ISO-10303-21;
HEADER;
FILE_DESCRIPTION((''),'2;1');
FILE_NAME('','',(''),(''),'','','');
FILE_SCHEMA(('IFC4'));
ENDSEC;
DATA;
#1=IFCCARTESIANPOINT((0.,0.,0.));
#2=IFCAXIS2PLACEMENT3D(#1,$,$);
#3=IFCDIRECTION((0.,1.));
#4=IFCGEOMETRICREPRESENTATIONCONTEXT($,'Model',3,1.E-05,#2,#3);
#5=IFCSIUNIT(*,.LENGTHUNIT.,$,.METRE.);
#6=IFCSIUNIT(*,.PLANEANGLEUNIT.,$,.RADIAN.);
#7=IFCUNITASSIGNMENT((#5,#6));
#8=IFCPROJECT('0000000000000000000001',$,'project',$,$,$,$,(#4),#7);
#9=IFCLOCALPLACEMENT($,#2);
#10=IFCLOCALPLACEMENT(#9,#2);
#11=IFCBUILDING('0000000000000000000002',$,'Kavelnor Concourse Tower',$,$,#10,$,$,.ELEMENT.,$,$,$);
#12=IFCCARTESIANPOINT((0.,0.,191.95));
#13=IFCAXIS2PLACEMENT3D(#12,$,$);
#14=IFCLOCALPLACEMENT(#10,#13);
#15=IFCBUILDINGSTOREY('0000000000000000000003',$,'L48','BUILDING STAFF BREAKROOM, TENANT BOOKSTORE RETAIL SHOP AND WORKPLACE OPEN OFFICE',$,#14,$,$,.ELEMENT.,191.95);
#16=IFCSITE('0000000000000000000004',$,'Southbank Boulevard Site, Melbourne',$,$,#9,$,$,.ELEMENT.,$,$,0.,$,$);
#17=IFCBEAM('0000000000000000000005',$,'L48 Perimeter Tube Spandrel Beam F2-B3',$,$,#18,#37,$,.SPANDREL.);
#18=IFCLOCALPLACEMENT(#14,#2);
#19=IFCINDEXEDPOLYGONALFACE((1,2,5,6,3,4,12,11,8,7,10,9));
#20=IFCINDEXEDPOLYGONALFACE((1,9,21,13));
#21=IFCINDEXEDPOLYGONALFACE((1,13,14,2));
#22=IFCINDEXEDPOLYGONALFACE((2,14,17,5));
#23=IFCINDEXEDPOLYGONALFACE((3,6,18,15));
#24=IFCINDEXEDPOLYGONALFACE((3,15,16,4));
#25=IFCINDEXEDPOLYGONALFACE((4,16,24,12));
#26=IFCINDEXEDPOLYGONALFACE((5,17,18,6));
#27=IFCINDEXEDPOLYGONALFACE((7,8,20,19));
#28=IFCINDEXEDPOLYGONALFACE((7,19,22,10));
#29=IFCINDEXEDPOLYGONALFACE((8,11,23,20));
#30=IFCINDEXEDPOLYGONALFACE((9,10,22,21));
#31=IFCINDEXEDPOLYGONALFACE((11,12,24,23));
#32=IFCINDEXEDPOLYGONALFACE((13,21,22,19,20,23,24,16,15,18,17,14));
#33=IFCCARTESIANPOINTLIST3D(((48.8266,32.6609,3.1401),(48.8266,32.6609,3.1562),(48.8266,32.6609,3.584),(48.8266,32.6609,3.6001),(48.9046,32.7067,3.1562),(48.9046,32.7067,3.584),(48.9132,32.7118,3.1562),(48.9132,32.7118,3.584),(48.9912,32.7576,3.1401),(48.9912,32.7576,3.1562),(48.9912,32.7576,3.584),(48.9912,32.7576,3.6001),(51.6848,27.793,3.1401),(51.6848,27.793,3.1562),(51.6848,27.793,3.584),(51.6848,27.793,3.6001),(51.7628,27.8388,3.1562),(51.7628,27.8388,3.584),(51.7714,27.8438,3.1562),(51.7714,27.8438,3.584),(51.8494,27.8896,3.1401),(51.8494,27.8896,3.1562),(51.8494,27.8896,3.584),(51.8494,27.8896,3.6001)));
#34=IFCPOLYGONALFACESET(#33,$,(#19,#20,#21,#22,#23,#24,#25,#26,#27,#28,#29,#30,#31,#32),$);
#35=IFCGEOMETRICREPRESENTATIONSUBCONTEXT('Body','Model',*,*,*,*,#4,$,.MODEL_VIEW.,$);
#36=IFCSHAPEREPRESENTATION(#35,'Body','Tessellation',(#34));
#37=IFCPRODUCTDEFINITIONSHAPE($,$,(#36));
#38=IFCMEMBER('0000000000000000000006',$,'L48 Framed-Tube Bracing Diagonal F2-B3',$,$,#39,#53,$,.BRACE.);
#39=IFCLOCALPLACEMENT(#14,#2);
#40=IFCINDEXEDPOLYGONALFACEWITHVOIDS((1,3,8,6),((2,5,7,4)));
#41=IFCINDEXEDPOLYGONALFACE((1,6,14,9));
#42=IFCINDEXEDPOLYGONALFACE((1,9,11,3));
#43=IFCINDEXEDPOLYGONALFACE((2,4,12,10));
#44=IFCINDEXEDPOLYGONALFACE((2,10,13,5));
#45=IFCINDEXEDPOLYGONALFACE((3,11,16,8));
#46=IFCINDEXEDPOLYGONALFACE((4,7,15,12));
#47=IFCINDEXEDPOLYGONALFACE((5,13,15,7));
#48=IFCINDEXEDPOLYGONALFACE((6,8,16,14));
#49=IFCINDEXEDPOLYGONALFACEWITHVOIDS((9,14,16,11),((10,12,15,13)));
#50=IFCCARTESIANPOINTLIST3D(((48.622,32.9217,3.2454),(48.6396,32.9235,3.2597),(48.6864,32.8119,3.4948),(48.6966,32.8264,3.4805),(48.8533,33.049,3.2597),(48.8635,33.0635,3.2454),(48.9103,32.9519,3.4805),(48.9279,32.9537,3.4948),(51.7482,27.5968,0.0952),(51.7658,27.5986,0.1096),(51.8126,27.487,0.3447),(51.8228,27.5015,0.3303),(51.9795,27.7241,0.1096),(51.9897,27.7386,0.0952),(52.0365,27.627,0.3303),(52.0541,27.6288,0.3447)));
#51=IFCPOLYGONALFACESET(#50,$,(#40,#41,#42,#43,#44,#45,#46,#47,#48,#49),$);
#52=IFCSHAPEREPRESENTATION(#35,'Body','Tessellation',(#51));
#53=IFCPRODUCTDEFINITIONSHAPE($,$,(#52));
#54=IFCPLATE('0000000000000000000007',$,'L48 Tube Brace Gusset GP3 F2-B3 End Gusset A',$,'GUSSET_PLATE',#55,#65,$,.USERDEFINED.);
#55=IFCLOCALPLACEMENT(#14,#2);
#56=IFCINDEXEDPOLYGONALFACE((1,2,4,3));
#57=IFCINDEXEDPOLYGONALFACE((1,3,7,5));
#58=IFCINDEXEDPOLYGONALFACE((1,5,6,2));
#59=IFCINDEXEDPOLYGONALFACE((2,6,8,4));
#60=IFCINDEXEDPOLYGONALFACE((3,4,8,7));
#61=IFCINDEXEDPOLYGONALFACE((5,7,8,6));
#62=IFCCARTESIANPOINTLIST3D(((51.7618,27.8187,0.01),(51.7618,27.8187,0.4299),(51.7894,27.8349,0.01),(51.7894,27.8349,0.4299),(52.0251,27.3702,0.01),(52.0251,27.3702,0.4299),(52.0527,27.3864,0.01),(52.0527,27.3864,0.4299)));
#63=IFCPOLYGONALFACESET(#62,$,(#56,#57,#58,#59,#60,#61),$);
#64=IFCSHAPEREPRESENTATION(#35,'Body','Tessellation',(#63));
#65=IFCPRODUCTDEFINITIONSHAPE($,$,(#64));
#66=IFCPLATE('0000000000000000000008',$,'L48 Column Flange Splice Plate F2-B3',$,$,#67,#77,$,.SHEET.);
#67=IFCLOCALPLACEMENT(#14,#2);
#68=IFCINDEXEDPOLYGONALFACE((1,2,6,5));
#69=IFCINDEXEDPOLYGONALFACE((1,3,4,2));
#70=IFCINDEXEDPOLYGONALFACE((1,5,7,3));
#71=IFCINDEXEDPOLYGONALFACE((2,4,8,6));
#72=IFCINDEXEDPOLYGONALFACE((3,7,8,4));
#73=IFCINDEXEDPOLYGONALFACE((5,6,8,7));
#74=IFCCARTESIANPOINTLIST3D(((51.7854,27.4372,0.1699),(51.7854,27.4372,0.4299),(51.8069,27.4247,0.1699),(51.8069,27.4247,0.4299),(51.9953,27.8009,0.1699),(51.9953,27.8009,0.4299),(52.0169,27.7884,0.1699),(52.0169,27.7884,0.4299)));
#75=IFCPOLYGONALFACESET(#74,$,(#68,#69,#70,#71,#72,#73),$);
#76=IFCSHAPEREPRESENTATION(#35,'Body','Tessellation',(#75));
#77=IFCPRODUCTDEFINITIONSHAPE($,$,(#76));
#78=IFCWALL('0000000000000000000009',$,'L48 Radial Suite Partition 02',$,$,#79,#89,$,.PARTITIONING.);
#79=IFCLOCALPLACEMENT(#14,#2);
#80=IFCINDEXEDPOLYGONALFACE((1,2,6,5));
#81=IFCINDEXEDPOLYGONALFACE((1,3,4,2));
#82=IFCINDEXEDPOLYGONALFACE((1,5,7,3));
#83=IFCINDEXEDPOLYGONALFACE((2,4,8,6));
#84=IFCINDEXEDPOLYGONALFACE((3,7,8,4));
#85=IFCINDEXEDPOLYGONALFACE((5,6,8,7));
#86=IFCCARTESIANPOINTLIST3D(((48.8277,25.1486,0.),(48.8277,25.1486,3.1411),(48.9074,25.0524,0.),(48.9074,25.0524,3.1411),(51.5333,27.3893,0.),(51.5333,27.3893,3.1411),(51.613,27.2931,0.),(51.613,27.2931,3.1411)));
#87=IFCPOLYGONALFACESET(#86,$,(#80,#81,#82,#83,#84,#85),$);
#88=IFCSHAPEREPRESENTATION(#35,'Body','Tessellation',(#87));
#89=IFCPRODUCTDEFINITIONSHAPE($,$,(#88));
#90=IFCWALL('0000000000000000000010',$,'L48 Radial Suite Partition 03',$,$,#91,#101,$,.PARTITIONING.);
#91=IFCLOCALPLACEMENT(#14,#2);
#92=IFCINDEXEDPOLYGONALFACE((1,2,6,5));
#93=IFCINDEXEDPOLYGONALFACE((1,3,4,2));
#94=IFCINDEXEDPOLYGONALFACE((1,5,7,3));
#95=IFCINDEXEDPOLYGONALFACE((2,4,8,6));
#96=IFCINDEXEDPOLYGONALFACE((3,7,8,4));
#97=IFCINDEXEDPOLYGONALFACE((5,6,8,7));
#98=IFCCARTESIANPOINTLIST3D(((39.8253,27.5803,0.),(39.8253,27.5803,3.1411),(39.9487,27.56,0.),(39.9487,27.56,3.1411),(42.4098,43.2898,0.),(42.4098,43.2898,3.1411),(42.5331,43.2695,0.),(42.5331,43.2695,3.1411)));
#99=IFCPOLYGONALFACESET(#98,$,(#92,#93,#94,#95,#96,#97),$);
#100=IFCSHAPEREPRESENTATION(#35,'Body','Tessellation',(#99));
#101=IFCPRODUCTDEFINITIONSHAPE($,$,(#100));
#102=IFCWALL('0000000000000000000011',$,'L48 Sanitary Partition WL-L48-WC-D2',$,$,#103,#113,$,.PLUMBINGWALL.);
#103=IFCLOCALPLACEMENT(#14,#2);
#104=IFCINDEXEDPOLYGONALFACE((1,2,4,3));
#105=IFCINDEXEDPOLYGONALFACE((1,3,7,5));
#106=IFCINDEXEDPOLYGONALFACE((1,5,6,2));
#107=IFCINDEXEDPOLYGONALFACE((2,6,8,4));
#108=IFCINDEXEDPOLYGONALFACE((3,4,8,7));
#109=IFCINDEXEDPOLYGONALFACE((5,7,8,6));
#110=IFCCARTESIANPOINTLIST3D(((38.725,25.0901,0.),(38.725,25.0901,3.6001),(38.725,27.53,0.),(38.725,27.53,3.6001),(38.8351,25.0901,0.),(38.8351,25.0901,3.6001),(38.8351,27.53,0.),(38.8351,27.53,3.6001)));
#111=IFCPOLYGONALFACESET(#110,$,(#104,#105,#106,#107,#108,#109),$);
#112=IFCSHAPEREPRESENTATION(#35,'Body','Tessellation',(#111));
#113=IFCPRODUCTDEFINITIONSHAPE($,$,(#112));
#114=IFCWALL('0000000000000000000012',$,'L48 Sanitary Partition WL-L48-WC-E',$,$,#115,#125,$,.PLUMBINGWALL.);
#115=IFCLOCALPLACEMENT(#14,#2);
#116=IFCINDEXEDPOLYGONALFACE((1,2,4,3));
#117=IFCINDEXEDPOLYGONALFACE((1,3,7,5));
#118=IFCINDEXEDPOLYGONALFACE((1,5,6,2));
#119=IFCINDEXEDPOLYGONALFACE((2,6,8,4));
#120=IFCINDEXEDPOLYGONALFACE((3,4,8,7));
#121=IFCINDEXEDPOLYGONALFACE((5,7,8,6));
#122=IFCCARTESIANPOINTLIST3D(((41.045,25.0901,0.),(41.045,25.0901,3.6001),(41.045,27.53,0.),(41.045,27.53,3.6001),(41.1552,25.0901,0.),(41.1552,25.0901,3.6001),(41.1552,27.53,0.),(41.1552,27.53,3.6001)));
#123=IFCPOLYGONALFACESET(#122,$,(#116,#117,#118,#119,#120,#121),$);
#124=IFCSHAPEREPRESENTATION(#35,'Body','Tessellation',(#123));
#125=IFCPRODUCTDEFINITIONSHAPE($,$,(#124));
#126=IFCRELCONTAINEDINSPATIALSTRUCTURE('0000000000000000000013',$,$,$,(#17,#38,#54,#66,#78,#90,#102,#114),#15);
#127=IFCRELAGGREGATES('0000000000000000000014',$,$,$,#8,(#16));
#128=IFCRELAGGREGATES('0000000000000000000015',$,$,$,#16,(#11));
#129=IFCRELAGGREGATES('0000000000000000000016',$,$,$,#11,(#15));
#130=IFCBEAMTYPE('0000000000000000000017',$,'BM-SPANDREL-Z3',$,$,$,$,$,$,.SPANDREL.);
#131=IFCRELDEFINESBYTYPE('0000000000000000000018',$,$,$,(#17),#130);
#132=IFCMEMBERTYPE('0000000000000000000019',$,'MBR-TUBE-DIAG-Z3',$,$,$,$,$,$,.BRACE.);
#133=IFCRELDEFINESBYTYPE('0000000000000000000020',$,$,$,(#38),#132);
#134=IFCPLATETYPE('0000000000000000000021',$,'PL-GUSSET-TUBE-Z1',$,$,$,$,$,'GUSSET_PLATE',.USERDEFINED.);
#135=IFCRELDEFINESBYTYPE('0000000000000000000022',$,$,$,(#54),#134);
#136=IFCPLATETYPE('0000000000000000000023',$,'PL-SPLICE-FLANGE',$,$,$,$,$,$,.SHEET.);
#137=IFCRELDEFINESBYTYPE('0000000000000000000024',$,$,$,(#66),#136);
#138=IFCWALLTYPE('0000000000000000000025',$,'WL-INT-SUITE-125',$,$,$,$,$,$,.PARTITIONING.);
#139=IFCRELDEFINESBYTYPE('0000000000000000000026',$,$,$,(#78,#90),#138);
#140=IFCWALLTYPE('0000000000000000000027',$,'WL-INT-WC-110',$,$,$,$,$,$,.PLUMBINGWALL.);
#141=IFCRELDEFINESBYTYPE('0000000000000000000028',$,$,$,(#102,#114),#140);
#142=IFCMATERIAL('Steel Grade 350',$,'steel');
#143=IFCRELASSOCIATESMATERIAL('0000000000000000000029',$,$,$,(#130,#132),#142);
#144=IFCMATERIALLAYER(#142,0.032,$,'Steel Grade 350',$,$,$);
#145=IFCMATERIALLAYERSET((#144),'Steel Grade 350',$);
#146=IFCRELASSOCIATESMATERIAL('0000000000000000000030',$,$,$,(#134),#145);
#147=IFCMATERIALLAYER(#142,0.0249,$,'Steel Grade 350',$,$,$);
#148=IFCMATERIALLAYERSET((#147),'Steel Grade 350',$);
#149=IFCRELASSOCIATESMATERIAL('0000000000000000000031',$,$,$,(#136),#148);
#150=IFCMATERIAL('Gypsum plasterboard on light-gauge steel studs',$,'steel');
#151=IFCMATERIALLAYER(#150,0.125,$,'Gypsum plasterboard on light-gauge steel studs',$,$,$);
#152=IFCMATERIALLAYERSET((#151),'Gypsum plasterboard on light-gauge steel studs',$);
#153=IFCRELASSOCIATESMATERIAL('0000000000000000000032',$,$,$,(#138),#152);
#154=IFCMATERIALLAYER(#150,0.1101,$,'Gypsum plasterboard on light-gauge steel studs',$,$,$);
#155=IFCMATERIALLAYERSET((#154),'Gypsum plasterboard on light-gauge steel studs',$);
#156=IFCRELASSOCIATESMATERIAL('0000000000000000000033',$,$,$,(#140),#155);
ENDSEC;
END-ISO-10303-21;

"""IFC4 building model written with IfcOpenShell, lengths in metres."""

from ifc_helpers import new_model, si_unit, direction, frame, frame_2d, origin, origin_2d, place, context, subcontext, project, spatial, rectangle, hollow_rectangle, i_section, extrude, material, layer, layer_set, material_profile, profile_set, type_object, element, save


model = new_model("IFC4")

# Units and contexts
model_context = context("Model", 3, precision=1e-05, world=origin(), true_north=direction((0.0, 1.0)))
body_context = subcontext(model_context, "Body", "Model", "MODEL_VIEW")
ifc_project = project(units=[si_unit("LENGTHUNIT", "METRE"), si_unit("PLANEANGLEUNIT", "RADIAN")], contexts=[model_context])

# Site, building, storey
site_placement = place(None, origin())
site = spatial("IfcSite", under=ifc_project, at=site_placement, Name="Southbank Boulevard Site, Melbourne", CompositionType="ELEMENT", RefElevation=0.0)
building_placement = place(site_placement, origin())
building = spatial("IfcBuilding", under=site, at=building_placement, Name="Kavelnor Concourse Tower", CompositionType="ELEMENT")
storey_placement = place(building_placement, frame((0.0, 0.0, 191.95)))
storey = spatial("IfcBuildingStorey", under=building, at=storey_placement, Name="L48", Description="BUILDING STAFF BREAKROOM, TENANT BOOKSTORE RETAIL SHOP AND WORKPLACE OPEN OFFICE", CompositionType="ELEMENT", Elevation=191.95)

# Shared definitions
ifc_material_1 = material(Name="Steel Grade 350", Category="steel")

# Beam
ifc_material_profile_1 = material_profile(ifc_material_1, i_section(OverallWidth=0.1909, OverallDepth=0.46, WebThickness=0.01, FlangeThickness=0.0161, at=origin_2d()), Name="460UB82")
ifc_profile_set_1 = profile_set([ifc_material_profile_1], Name="Steel Grade 350")
beam_type_1 = type_object("IfcBeamType", Name="BM-SPANDREL-Z3", PredefinedType="SPANDREL", material=ifc_profile_set_1)
beam_1_placement = place(storey_placement, frame((51.7671, 27.8413, 3.3701), z_axis=(-0.506319, 0.862346, 0.0), x_axis=(-0.862346, -0.506319, 0.0)))
element("IfcBeam", 1, at=beam_1_placement, inside=storey, type_object=beam_type_1, Name="L48 Perimeter Tube Spandrel Beam F2-B3", PredefinedType="SPANDREL", context=body_context, shape_type="SweptSolid", body=[
    extrude(i_section(OverallWidth=0.1909, OverallDepth=0.46, WebThickness=0.01, FlangeThickness=0.0161, at=origin_2d()), origin(), (0.0, 0.0, 1.0), 5.645),
])

# Member
ifc_material_profile_2 = material_profile(ifc_material_1, hollow_rectangle(XDim=0.28, YDim=0.28, WallThickness=0.0161, at=origin_2d()), Name="SHS 280x280x16")
ifc_profile_set_2 = profile_set([ifc_material_profile_2], Name="Steel Grade 350")
member_type = type_object("IfcMemberType", Name="MBR-TUBE-DIAG-Z3", PredefinedType="BRACE", material=ifc_profile_set_2)
member_placement = place(storey_placement, frame((51.9011, 27.6128, 0.22), z_axis=(-0.450988, 0.768176, 0.454439), x_axis=(-0.862366, -0.506286, 0.0)))
element("IfcMember", 2, at=member_placement, inside=storey, type_object=member_type, Name="L48 Framed-Tube Bracing Diagonal F2-B3", PredefinedType="BRACE", context=body_context, shape_type="SweptSolid", body=[
    extrude(hollow_rectangle(XDim=0.28, YDim=0.28, WallThickness=0.0161, at=origin_2d()), origin(), (0.0, 0.0, 1.0), 6.9319),
])

# Plates
ifc_layer_1 = layer(ifc_material_1, 0.032, Name="Steel Grade 350")
ifc_layer_set_1 = layer_set([ifc_layer_1], Name="Steel Grade 350")
plate_type_1 = type_object("IfcPlateType", Name="PL-GUSSET-TUBE-Z1", ElementType="GUSSET_PLATE", PredefinedType="USERDEFINED", material=ifc_layer_set_1)
plate_1_placement = place(storey_placement, frame((51.9072, 27.6025, 0.01), z_axis=(0.0, 0.0, 1.0), x_axis=(-0.506335, 0.862337, 0.0)))
element("IfcPlate", 3, at=plate_1_placement, inside=storey, type_object=plate_type_1, Name="L48 Tube Brace Gusset GP3 F2-B3 End Gusset A", ObjectType="GUSSET_PLATE", PredefinedType="USERDEFINED", context=body_context, shape_type="SweptSolid", body=[
    extrude(rectangle(XDim=0.52, YDim=0.032, at=origin_2d()), origin(), (0.0, 0.0, 1.0), 0.4199),
])
ifc_layer_2 = layer(ifc_material_1, 0.0249, Name="Steel Grade 350")
ifc_layer_set_2 = layer_set([ifc_layer_2], Name="Steel Grade 350")
plate_type_2 = type_object("IfcPlateType", Name="PL-SPLICE-FLANGE", PredefinedType="SHEET", material=ifc_layer_set_2)
plate_2_placement = place(storey_placement, frame((51.9011, 27.6128, 0.1699), z_axis=(0.0, 0.0, 1.0), x_axis=(-0.5, -0.866025, 0.0)))
element("IfcPlate", 4, at=plate_2_placement, inside=storey, type_object=plate_type_2, Name="L48 Column Flange Splice Plate F2-B3", PredefinedType="SHEET", context=body_context, shape_type="SweptSolid", body=[
    extrude(rectangle(XDim=0.4199, YDim=0.0249, at=origin_2d()), origin(), (0.0, 0.0, 1.0), 0.26),
])

# Walls
ifc_material_2 = material(Name="Gypsum plasterboard on light-gauge steel studs", Category="steel")
ifc_layer_3 = layer(ifc_material_2, 0.125, Name="Gypsum plasterboard on light-gauge steel studs")
ifc_layer_set_3 = layer_set([ifc_layer_3], Name="Gypsum plasterboard on light-gauge steel studs")
wall_type_1 = type_object("IfcWallType", Name="WL-INT-SUITE-125", PredefinedType="PARTITIONING", material=ifc_layer_set_3)
wall_1_placement = place(storey_placement, frame((48.8677, 25.1006, 0.0), z_axis=(0.0, 0.0, 1.0), x_axis=(0.770166, 0.637844, 0.0)))
element("IfcWall", 5, at=wall_1_placement, inside=storey, type_object=wall_type_1, Name="L48 Radial Suite Partition 02", PredefinedType="PARTITIONING", context=body_context, shape_type="SweptSolid", body=[
    extrude(rectangle(XDim=3.5129, YDim=0.125, at=frame_2d((1.7563, 0.0))), origin(), (0.0, 0.0, 1.0), 3.1411),
])
wall_2_placement = place(storey_placement, frame((39.887, 27.5701, 0.0), z_axis=(0.0, 0.0, 1.0), x_axis=(0.162335, 0.986736, 0.0)))
element("IfcWall", 6, at=wall_2_placement, inside=storey, type_object=wall_type_1, Name="L48 Radial Suite Partition 03", PredefinedType="PARTITIONING", context=body_context, shape_type="SweptSolid", body=[
    extrude(rectangle(XDim=15.9207, YDim=0.125, at=frame_2d((7.9604, 0.0))), origin(), (0.0, 0.0, 1.0), 3.1411),
])
ifc_layer_4 = layer(ifc_material_2, 0.1101, Name="Gypsum plasterboard on light-gauge steel studs")
ifc_layer_set_4 = layer_set([ifc_layer_4], Name="Gypsum plasterboard on light-gauge steel studs")
wall_type_2 = type_object("IfcWallType", Name="WL-INT-WC-110", PredefinedType="PLUMBINGWALL", material=ifc_layer_set_4)
for number, where, z_axis, x_axis, name in (
    (7, (38.78, 25.0901, 0.0), (0.0, 0.0, 1.0), (0.0, 1.0, 0.0), "L48 Sanitary Partition WL-L48-WC-D2"),
    (8, (41.1001, 25.0901, 0.0), (0.0, 0.0, 1.0), (0.0, 1.0, 0.0), "L48 Sanitary Partition WL-L48-WC-E"),
):
    element("IfcWall", number, at=place(storey_placement, frame(where, z_axis=z_axis, x_axis=x_axis)), inside=storey, type_object=wall_type_2, Name=name, PredefinedType="PLUMBINGWALL", context=body_context, shape_type="SweptSolid", body=[
        extrude(rectangle(XDim=2.4399, YDim=0.1101, at=frame_2d((1.22, 0.0))), origin(), (0.0, 0.0, 1.0), 3.6001),
    ])

save(model, "model.ifc")
